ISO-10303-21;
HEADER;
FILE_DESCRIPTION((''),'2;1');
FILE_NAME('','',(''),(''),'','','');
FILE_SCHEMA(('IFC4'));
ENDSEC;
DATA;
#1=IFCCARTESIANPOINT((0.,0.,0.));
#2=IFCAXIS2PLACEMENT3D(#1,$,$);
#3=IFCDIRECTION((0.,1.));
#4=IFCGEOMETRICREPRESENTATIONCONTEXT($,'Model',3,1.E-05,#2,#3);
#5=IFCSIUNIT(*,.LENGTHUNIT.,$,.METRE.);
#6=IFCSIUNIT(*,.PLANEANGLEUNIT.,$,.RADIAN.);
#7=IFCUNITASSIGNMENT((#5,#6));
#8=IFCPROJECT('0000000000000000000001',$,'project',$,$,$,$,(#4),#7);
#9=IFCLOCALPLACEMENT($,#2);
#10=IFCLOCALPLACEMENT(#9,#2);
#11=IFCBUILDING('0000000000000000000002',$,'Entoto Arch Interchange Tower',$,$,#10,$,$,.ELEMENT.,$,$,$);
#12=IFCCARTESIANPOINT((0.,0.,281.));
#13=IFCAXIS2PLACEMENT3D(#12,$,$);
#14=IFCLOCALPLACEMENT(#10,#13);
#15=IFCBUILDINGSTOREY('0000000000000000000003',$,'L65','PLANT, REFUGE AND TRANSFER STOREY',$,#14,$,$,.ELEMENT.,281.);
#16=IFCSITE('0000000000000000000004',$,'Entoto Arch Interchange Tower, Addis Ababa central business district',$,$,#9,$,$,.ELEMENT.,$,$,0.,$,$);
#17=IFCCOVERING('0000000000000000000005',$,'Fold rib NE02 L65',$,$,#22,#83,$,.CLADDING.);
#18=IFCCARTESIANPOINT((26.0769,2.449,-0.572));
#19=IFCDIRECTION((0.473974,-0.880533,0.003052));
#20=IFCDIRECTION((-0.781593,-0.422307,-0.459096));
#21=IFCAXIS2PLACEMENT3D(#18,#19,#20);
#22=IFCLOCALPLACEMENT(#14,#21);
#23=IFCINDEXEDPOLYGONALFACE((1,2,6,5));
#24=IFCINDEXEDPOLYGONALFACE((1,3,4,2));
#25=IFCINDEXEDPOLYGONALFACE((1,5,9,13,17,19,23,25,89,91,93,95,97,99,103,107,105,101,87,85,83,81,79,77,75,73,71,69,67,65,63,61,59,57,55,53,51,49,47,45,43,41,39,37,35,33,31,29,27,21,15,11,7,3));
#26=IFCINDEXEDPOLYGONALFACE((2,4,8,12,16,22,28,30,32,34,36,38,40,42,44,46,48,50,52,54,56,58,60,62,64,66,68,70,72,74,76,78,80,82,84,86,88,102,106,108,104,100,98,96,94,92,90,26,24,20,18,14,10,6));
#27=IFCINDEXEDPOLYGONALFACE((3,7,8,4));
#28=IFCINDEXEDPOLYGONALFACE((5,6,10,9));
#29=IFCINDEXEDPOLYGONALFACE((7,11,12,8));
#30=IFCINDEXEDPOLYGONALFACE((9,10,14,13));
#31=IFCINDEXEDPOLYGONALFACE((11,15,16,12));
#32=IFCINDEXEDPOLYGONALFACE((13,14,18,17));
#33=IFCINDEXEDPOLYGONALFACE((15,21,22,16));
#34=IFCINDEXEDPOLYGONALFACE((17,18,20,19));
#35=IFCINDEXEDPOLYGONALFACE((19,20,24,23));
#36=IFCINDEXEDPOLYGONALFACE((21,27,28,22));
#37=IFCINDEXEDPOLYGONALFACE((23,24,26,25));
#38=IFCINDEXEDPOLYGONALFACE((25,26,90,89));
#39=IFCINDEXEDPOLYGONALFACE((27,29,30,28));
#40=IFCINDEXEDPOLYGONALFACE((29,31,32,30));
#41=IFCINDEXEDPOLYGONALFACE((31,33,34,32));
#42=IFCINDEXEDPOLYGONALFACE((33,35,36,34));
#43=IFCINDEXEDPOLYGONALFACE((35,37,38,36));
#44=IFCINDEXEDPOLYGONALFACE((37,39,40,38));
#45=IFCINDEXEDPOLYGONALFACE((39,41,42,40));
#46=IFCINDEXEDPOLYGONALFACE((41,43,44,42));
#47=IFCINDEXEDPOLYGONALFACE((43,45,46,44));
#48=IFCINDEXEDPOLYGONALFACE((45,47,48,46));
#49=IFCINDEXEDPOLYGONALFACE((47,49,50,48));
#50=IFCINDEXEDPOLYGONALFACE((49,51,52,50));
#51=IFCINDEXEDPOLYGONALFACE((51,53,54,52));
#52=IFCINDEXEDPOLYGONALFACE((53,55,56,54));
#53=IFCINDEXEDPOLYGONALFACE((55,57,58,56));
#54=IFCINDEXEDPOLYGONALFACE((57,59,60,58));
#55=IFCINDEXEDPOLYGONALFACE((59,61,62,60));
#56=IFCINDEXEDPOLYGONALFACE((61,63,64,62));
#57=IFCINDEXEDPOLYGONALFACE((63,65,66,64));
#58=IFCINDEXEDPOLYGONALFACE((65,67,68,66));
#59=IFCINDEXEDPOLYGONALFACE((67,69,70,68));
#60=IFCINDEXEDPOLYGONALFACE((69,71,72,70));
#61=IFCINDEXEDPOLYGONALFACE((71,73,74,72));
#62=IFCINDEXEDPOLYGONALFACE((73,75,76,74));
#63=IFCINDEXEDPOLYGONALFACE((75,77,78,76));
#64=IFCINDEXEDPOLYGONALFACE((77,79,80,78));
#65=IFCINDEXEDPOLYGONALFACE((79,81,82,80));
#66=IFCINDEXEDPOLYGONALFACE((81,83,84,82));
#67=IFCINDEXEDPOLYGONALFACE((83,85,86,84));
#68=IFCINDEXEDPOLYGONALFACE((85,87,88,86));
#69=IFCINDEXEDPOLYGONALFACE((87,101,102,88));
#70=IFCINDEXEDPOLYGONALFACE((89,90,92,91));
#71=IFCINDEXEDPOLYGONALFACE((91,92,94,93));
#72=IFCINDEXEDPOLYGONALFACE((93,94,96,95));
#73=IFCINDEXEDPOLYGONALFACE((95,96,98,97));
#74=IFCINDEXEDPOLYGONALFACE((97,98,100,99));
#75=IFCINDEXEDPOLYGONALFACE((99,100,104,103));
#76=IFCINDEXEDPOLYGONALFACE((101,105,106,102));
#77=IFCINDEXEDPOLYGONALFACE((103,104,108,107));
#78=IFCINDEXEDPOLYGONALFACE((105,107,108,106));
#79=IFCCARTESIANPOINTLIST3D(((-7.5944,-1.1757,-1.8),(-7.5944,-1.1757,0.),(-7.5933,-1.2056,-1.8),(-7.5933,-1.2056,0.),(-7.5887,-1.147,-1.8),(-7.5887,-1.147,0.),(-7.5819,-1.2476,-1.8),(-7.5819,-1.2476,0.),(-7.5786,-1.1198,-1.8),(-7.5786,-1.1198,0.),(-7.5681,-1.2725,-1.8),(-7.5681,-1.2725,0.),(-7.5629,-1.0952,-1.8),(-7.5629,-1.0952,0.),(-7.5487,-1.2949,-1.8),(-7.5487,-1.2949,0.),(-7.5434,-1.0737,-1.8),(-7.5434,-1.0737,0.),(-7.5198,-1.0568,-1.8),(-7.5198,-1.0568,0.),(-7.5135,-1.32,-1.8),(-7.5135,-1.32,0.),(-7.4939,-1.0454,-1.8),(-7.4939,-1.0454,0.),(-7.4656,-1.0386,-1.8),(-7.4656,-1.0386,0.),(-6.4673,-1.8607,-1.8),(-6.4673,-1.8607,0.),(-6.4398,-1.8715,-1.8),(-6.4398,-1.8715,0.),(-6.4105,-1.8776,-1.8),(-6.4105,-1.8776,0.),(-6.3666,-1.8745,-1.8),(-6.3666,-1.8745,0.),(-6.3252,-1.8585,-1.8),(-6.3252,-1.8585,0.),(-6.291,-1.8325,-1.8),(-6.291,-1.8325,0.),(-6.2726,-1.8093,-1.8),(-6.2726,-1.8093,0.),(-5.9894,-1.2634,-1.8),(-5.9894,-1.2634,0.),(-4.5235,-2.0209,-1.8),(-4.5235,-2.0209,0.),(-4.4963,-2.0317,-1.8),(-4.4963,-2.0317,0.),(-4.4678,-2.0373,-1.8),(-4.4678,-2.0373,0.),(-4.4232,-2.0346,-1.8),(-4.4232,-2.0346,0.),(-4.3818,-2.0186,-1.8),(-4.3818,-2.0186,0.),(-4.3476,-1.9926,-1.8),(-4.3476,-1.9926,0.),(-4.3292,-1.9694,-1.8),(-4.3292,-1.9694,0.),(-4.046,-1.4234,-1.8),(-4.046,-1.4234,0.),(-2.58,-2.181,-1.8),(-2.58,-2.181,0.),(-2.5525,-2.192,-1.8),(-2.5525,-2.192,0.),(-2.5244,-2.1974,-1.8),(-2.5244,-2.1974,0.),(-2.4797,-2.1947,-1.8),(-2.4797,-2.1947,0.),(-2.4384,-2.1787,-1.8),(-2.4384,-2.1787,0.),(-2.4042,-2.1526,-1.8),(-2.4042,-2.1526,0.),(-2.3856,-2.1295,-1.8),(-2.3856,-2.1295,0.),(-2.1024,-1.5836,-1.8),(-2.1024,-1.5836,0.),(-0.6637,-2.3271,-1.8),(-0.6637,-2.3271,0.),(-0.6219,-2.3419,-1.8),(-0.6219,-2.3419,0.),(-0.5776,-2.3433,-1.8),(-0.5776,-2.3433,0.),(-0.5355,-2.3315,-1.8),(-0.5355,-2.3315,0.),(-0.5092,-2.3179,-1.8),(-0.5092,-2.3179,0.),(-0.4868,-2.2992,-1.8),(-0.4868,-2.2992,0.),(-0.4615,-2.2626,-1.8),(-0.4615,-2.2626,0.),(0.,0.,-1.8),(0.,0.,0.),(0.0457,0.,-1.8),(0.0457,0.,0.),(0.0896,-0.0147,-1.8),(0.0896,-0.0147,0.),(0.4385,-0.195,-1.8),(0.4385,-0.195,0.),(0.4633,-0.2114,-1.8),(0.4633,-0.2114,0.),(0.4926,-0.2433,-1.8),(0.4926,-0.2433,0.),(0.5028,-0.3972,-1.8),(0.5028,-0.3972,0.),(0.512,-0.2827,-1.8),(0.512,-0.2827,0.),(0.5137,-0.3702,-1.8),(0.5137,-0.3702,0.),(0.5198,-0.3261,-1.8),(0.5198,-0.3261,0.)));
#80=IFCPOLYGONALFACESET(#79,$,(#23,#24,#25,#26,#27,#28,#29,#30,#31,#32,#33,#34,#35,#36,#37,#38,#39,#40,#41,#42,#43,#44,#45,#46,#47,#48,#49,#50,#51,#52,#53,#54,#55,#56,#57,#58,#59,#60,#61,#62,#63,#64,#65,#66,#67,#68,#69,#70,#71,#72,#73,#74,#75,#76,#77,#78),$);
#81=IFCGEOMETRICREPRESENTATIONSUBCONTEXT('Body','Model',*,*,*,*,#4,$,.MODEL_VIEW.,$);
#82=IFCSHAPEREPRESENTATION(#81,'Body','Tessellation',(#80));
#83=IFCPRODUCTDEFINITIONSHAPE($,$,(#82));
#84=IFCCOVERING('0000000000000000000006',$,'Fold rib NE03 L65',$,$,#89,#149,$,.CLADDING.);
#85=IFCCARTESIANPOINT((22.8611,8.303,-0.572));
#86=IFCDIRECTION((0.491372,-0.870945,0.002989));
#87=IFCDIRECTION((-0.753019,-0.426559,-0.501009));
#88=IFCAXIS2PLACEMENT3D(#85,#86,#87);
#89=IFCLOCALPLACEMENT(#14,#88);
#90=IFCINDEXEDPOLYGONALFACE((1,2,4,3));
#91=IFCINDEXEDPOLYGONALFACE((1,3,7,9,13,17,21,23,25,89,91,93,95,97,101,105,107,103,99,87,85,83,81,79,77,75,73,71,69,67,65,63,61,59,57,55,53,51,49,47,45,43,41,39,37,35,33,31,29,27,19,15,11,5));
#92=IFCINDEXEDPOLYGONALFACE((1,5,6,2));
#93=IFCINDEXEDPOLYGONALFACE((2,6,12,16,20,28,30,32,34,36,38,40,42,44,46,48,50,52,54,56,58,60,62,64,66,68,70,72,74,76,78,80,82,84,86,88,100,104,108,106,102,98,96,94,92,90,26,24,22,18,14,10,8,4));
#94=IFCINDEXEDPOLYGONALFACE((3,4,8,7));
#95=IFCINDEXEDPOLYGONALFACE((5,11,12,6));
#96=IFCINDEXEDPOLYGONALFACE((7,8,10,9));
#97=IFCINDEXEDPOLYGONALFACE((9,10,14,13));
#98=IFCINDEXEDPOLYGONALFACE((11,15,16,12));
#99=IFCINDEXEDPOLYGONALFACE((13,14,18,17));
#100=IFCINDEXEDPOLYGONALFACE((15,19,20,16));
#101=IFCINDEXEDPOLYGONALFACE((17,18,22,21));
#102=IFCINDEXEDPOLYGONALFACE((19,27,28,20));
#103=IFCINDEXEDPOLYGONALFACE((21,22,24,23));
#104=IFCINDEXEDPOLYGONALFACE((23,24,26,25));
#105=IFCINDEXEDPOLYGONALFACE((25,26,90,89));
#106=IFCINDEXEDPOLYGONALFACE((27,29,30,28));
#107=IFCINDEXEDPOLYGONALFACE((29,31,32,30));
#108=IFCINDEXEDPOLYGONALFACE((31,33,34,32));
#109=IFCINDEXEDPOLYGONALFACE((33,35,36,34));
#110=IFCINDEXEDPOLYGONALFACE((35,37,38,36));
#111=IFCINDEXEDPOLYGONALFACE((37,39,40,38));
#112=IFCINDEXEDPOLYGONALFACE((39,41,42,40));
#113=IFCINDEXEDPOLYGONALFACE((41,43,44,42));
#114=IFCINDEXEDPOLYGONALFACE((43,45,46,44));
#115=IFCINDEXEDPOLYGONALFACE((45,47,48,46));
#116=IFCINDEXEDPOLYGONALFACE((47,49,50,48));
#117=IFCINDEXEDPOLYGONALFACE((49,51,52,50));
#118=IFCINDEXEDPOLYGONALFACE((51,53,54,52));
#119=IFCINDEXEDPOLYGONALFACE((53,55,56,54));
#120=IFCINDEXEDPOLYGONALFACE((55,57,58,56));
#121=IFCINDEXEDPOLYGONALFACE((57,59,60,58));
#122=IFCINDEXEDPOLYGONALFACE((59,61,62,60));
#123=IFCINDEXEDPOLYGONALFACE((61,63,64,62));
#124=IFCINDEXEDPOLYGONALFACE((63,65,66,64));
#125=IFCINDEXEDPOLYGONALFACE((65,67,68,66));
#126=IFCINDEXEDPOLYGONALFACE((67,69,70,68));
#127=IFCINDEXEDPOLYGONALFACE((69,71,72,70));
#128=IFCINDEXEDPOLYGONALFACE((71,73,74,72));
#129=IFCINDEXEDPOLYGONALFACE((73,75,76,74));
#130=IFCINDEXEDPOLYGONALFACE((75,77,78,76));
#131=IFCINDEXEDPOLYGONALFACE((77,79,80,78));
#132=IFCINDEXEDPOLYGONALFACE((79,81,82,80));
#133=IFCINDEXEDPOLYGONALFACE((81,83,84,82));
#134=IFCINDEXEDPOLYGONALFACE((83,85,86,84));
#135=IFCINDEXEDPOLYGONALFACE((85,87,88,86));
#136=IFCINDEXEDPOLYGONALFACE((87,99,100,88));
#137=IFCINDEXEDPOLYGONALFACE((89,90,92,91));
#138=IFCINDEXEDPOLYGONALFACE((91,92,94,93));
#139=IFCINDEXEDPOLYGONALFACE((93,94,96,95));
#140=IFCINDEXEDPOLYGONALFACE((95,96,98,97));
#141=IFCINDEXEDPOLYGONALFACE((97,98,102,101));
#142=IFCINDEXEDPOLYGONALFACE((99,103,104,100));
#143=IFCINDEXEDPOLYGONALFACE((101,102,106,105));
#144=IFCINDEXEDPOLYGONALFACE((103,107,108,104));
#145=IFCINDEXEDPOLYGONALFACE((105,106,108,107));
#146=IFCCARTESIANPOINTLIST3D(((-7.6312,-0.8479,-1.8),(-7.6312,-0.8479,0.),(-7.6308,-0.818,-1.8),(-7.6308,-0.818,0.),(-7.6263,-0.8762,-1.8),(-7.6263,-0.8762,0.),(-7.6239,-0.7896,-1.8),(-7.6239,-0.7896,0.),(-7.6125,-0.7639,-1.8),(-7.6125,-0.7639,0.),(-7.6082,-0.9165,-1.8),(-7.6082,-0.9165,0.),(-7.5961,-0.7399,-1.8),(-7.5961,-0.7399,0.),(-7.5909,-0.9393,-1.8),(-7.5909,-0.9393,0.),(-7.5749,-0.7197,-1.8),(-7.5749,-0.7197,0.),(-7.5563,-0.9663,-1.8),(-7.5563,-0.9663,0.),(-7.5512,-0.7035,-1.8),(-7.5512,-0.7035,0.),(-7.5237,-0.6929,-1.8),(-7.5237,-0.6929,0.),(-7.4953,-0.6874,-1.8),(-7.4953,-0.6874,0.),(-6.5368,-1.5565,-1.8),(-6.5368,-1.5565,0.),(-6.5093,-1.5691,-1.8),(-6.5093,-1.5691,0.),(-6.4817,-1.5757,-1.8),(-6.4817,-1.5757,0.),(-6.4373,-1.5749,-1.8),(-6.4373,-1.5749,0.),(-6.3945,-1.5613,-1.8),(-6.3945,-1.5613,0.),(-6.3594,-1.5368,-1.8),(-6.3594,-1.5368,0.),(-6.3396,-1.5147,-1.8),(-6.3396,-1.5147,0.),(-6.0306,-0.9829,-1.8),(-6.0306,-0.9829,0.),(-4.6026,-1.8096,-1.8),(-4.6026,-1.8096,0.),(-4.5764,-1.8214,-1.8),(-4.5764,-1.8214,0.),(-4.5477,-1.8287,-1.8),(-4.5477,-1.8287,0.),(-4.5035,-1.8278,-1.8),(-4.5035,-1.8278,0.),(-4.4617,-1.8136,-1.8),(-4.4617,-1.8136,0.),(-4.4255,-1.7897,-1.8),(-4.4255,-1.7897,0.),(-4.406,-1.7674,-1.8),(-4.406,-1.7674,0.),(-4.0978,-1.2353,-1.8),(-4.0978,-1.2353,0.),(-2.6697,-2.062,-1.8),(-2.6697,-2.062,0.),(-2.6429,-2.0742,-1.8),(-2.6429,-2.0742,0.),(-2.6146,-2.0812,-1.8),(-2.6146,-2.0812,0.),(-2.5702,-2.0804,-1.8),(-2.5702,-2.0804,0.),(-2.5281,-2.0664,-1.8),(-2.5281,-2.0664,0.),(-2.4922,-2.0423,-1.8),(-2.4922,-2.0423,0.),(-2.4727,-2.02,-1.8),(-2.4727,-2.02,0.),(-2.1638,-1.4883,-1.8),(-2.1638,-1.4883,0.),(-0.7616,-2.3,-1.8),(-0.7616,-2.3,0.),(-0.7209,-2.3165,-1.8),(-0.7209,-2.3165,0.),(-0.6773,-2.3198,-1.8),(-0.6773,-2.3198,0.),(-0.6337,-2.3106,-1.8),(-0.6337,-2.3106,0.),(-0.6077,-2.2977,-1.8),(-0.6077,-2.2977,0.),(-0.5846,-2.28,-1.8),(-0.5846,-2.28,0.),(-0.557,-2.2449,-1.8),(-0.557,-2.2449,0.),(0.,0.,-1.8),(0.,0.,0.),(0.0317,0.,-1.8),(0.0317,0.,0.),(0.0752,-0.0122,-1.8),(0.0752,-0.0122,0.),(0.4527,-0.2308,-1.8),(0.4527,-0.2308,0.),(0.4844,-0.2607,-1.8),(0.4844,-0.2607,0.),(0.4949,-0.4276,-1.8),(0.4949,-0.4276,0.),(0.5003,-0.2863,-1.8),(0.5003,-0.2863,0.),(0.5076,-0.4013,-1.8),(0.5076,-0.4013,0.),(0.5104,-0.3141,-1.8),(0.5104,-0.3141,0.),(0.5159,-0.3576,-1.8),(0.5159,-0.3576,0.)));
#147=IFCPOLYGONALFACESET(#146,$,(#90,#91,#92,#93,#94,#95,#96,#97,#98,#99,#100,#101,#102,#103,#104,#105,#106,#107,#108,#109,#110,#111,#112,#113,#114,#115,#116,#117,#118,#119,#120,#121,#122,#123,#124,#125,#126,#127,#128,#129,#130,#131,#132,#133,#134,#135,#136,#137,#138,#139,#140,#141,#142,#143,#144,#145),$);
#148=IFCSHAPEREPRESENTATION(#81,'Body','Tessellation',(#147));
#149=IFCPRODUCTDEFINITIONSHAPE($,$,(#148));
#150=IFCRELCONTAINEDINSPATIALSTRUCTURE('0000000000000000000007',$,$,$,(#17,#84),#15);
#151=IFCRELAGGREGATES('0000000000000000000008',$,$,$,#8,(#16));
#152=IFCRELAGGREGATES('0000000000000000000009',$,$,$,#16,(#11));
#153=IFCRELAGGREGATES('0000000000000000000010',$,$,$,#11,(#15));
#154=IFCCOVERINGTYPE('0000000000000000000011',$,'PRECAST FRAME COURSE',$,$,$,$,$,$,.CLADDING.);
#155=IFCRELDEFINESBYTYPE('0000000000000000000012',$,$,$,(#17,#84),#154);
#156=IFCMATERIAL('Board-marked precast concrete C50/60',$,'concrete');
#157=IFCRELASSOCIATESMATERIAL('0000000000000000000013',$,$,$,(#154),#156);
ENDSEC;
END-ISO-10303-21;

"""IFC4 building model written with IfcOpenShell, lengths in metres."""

from ifc_helpers import new_model, si_unit, direction, frame, origin, place, context, subcontext, project, spatial, polyline, outline, extrude, material, type_object, element, save


model = new_model("IFC4")

# Units and contexts
model_context = context("Model", 3, precision=1e-05, world=origin(), true_north=direction((0.0, 1.0)))
body_context = subcontext(model_context, "Body", "Model", "MODEL_VIEW")
ifc_project = project(units=[si_unit("LENGTHUNIT", "METRE"), si_unit("PLANEANGLEUNIT", "RADIAN")], contexts=[model_context])

# Site, building, storey
site_placement = place(None, origin())
site = spatial("IfcSite", under=ifc_project, at=site_placement, Name="Entoto Arch Interchange Tower, Addis Ababa central business district", CompositionType="ELEMENT", RefElevation=0.0)
building_placement = place(site_placement, origin())
building = spatial("IfcBuilding", under=site, at=building_placement, Name="Entoto Arch Interchange Tower", CompositionType="ELEMENT")
storey_placement = place(building_placement, frame((0.0, 0.0, 281.0)))
storey = spatial("IfcBuildingStorey", under=building, at=storey_placement, Name="L65", Description="PLANT, REFUGE AND TRANSFER STOREY", CompositionType="ELEMENT", Elevation=281.0)

# Shared definitions
ifc_material_1 = material(Name="Board-marked precast concrete C50/60", Category="concrete")

# Coverings
covering_type = type_object("IfcCoveringType", Name="PRECAST FRAME COURSE", PredefinedType="CLADDING", material=ifc_material_1)
covering_1_placement = place(storey_placement, frame((26.0769, 2.449, -0.572), z_axis=(0.473974, -0.880533, 0.003052), x_axis=(-0.781593, -0.422307, -0.459096)))
element("IfcCovering", 1, at=covering_1_placement, inside=storey, type_object=covering_type, Name="Fold rib NE02 L65", PredefinedType="CLADDING", context=body_context, shape_type="SweptSolid", body=[
    extrude(outline(polyline([(0.0, 0.0), (0.0457, 0.0), (0.0896, -0.0147), (0.4385, -0.195), (0.4633, -0.2114), (0.4926, -0.2433), (0.512, -0.2827), (0.5198, -0.3261), (0.5137, -0.3702), (0.5028, -0.3972), (-0.4615, -2.2626), (-0.4868, -2.2992), (-0.5092, -2.3179), (-0.5355, -2.3315), (-0.5776, -2.3433), (-0.6219, -2.3419), (-0.6637, -2.3271), (-2.1024, -1.5836), (-2.3856, -2.1295), (-2.4042, -2.1526), (-2.4384, -2.1787), (-2.4797, -2.1947), (-2.5244, -2.1974), (-2.5525, -2.192), (-2.58, -2.181), (-4.046, -1.4234), (-4.3292, -1.9694), (-4.3476, -1.9926), (-4.3818, -2.0186), (-4.4232, -2.0346), (-4.4678, -2.0373), (-4.4963, -2.0317), (-4.5235, -2.0209), (-5.9894, -1.2634), (-6.2726, -1.8093), (-6.291, -1.8325), (-6.3252, -1.8585), (-6.3666, -1.8745), (-6.4105, -1.8776), (-6.4398, -1.8715), (-6.4673, -1.8607), (-7.5135, -1.32), (-7.5487, -1.2949), (-7.5681, -1.2725), (-7.5819, -1.2476), (-7.5933, -1.2056), (-7.5944, -1.1757), (-7.5887, -1.147), (-7.5786, -1.1198), (-7.5629, -1.0952), (-7.5434, -1.0737), (-7.5198, -1.0568), (-7.4939, -1.0454), (-7.4656, -1.0386), (0.0, 0.0)])), origin(), (0.0, 0.0, -1.0), 1.8),
])
covering_2_placement = place(storey_placement, frame((22.8611, 8.303, -0.572), z_axis=(0.491372, -0.870945, 0.002989), x_axis=(-0.753019, -0.426559, -0.501009)))
element("IfcCovering", 2, at=covering_2_placement, inside=storey, type_object=covering_type, Name="Fold rib NE03 L65", PredefinedType="CLADDING", context=body_context, shape_type="SweptSolid", body=[
    extrude(outline(polyline([(0.0, 0.0), (0.0317, 0.0), (0.0752, -0.0122), (0.4527, -0.2308), (0.4844, -0.2607), (0.5003, -0.2863), (0.5104, -0.3141), (0.5159, -0.3576), (0.5076, -0.4013), (0.4949, -0.4276), (-0.557, -2.2449), (-0.5846, -2.28), (-0.6077, -2.2977), (-0.6337, -2.3106), (-0.6773, -2.3198), (-0.7209, -2.3165), (-0.7616, -2.3), (-2.1638, -1.4883), (-2.4727, -2.02), (-2.4922, -2.0423), (-2.5281, -2.0664), (-2.5702, -2.0804), (-2.6146, -2.0812), (-2.6429, -2.0742), (-2.6697, -2.062), (-4.0978, -1.2353), (-4.406, -1.7674), (-4.4255, -1.7897), (-4.4617, -1.8136), (-4.5035, -1.8278), (-4.5477, -1.8287), (-4.5764, -1.8214), (-4.6026, -1.8096), (-6.0306, -0.9829), (-6.3396, -1.5147), (-6.3594, -1.5368), (-6.3945, -1.5613), (-6.4373, -1.5749), (-6.4817, -1.5757), (-6.5093, -1.5691), (-6.5368, -1.5565), (-7.5563, -0.9663), (-7.5909, -0.9393), (-7.6082, -0.9165), (-7.6263, -0.8762), (-7.6312, -0.8479), (-7.6308, -0.818), (-7.6239, -0.7896), (-7.6125, -0.7639), (-7.5961, -0.7399), (-7.5749, -0.7197), (-7.5512, -0.7035), (-7.5237, -0.6929), (-7.4953, -0.6874), (0.0, 0.0)])), origin(), (0.0, 0.0, -1.0), 1.8),
])

save(model, "model.ifc")
